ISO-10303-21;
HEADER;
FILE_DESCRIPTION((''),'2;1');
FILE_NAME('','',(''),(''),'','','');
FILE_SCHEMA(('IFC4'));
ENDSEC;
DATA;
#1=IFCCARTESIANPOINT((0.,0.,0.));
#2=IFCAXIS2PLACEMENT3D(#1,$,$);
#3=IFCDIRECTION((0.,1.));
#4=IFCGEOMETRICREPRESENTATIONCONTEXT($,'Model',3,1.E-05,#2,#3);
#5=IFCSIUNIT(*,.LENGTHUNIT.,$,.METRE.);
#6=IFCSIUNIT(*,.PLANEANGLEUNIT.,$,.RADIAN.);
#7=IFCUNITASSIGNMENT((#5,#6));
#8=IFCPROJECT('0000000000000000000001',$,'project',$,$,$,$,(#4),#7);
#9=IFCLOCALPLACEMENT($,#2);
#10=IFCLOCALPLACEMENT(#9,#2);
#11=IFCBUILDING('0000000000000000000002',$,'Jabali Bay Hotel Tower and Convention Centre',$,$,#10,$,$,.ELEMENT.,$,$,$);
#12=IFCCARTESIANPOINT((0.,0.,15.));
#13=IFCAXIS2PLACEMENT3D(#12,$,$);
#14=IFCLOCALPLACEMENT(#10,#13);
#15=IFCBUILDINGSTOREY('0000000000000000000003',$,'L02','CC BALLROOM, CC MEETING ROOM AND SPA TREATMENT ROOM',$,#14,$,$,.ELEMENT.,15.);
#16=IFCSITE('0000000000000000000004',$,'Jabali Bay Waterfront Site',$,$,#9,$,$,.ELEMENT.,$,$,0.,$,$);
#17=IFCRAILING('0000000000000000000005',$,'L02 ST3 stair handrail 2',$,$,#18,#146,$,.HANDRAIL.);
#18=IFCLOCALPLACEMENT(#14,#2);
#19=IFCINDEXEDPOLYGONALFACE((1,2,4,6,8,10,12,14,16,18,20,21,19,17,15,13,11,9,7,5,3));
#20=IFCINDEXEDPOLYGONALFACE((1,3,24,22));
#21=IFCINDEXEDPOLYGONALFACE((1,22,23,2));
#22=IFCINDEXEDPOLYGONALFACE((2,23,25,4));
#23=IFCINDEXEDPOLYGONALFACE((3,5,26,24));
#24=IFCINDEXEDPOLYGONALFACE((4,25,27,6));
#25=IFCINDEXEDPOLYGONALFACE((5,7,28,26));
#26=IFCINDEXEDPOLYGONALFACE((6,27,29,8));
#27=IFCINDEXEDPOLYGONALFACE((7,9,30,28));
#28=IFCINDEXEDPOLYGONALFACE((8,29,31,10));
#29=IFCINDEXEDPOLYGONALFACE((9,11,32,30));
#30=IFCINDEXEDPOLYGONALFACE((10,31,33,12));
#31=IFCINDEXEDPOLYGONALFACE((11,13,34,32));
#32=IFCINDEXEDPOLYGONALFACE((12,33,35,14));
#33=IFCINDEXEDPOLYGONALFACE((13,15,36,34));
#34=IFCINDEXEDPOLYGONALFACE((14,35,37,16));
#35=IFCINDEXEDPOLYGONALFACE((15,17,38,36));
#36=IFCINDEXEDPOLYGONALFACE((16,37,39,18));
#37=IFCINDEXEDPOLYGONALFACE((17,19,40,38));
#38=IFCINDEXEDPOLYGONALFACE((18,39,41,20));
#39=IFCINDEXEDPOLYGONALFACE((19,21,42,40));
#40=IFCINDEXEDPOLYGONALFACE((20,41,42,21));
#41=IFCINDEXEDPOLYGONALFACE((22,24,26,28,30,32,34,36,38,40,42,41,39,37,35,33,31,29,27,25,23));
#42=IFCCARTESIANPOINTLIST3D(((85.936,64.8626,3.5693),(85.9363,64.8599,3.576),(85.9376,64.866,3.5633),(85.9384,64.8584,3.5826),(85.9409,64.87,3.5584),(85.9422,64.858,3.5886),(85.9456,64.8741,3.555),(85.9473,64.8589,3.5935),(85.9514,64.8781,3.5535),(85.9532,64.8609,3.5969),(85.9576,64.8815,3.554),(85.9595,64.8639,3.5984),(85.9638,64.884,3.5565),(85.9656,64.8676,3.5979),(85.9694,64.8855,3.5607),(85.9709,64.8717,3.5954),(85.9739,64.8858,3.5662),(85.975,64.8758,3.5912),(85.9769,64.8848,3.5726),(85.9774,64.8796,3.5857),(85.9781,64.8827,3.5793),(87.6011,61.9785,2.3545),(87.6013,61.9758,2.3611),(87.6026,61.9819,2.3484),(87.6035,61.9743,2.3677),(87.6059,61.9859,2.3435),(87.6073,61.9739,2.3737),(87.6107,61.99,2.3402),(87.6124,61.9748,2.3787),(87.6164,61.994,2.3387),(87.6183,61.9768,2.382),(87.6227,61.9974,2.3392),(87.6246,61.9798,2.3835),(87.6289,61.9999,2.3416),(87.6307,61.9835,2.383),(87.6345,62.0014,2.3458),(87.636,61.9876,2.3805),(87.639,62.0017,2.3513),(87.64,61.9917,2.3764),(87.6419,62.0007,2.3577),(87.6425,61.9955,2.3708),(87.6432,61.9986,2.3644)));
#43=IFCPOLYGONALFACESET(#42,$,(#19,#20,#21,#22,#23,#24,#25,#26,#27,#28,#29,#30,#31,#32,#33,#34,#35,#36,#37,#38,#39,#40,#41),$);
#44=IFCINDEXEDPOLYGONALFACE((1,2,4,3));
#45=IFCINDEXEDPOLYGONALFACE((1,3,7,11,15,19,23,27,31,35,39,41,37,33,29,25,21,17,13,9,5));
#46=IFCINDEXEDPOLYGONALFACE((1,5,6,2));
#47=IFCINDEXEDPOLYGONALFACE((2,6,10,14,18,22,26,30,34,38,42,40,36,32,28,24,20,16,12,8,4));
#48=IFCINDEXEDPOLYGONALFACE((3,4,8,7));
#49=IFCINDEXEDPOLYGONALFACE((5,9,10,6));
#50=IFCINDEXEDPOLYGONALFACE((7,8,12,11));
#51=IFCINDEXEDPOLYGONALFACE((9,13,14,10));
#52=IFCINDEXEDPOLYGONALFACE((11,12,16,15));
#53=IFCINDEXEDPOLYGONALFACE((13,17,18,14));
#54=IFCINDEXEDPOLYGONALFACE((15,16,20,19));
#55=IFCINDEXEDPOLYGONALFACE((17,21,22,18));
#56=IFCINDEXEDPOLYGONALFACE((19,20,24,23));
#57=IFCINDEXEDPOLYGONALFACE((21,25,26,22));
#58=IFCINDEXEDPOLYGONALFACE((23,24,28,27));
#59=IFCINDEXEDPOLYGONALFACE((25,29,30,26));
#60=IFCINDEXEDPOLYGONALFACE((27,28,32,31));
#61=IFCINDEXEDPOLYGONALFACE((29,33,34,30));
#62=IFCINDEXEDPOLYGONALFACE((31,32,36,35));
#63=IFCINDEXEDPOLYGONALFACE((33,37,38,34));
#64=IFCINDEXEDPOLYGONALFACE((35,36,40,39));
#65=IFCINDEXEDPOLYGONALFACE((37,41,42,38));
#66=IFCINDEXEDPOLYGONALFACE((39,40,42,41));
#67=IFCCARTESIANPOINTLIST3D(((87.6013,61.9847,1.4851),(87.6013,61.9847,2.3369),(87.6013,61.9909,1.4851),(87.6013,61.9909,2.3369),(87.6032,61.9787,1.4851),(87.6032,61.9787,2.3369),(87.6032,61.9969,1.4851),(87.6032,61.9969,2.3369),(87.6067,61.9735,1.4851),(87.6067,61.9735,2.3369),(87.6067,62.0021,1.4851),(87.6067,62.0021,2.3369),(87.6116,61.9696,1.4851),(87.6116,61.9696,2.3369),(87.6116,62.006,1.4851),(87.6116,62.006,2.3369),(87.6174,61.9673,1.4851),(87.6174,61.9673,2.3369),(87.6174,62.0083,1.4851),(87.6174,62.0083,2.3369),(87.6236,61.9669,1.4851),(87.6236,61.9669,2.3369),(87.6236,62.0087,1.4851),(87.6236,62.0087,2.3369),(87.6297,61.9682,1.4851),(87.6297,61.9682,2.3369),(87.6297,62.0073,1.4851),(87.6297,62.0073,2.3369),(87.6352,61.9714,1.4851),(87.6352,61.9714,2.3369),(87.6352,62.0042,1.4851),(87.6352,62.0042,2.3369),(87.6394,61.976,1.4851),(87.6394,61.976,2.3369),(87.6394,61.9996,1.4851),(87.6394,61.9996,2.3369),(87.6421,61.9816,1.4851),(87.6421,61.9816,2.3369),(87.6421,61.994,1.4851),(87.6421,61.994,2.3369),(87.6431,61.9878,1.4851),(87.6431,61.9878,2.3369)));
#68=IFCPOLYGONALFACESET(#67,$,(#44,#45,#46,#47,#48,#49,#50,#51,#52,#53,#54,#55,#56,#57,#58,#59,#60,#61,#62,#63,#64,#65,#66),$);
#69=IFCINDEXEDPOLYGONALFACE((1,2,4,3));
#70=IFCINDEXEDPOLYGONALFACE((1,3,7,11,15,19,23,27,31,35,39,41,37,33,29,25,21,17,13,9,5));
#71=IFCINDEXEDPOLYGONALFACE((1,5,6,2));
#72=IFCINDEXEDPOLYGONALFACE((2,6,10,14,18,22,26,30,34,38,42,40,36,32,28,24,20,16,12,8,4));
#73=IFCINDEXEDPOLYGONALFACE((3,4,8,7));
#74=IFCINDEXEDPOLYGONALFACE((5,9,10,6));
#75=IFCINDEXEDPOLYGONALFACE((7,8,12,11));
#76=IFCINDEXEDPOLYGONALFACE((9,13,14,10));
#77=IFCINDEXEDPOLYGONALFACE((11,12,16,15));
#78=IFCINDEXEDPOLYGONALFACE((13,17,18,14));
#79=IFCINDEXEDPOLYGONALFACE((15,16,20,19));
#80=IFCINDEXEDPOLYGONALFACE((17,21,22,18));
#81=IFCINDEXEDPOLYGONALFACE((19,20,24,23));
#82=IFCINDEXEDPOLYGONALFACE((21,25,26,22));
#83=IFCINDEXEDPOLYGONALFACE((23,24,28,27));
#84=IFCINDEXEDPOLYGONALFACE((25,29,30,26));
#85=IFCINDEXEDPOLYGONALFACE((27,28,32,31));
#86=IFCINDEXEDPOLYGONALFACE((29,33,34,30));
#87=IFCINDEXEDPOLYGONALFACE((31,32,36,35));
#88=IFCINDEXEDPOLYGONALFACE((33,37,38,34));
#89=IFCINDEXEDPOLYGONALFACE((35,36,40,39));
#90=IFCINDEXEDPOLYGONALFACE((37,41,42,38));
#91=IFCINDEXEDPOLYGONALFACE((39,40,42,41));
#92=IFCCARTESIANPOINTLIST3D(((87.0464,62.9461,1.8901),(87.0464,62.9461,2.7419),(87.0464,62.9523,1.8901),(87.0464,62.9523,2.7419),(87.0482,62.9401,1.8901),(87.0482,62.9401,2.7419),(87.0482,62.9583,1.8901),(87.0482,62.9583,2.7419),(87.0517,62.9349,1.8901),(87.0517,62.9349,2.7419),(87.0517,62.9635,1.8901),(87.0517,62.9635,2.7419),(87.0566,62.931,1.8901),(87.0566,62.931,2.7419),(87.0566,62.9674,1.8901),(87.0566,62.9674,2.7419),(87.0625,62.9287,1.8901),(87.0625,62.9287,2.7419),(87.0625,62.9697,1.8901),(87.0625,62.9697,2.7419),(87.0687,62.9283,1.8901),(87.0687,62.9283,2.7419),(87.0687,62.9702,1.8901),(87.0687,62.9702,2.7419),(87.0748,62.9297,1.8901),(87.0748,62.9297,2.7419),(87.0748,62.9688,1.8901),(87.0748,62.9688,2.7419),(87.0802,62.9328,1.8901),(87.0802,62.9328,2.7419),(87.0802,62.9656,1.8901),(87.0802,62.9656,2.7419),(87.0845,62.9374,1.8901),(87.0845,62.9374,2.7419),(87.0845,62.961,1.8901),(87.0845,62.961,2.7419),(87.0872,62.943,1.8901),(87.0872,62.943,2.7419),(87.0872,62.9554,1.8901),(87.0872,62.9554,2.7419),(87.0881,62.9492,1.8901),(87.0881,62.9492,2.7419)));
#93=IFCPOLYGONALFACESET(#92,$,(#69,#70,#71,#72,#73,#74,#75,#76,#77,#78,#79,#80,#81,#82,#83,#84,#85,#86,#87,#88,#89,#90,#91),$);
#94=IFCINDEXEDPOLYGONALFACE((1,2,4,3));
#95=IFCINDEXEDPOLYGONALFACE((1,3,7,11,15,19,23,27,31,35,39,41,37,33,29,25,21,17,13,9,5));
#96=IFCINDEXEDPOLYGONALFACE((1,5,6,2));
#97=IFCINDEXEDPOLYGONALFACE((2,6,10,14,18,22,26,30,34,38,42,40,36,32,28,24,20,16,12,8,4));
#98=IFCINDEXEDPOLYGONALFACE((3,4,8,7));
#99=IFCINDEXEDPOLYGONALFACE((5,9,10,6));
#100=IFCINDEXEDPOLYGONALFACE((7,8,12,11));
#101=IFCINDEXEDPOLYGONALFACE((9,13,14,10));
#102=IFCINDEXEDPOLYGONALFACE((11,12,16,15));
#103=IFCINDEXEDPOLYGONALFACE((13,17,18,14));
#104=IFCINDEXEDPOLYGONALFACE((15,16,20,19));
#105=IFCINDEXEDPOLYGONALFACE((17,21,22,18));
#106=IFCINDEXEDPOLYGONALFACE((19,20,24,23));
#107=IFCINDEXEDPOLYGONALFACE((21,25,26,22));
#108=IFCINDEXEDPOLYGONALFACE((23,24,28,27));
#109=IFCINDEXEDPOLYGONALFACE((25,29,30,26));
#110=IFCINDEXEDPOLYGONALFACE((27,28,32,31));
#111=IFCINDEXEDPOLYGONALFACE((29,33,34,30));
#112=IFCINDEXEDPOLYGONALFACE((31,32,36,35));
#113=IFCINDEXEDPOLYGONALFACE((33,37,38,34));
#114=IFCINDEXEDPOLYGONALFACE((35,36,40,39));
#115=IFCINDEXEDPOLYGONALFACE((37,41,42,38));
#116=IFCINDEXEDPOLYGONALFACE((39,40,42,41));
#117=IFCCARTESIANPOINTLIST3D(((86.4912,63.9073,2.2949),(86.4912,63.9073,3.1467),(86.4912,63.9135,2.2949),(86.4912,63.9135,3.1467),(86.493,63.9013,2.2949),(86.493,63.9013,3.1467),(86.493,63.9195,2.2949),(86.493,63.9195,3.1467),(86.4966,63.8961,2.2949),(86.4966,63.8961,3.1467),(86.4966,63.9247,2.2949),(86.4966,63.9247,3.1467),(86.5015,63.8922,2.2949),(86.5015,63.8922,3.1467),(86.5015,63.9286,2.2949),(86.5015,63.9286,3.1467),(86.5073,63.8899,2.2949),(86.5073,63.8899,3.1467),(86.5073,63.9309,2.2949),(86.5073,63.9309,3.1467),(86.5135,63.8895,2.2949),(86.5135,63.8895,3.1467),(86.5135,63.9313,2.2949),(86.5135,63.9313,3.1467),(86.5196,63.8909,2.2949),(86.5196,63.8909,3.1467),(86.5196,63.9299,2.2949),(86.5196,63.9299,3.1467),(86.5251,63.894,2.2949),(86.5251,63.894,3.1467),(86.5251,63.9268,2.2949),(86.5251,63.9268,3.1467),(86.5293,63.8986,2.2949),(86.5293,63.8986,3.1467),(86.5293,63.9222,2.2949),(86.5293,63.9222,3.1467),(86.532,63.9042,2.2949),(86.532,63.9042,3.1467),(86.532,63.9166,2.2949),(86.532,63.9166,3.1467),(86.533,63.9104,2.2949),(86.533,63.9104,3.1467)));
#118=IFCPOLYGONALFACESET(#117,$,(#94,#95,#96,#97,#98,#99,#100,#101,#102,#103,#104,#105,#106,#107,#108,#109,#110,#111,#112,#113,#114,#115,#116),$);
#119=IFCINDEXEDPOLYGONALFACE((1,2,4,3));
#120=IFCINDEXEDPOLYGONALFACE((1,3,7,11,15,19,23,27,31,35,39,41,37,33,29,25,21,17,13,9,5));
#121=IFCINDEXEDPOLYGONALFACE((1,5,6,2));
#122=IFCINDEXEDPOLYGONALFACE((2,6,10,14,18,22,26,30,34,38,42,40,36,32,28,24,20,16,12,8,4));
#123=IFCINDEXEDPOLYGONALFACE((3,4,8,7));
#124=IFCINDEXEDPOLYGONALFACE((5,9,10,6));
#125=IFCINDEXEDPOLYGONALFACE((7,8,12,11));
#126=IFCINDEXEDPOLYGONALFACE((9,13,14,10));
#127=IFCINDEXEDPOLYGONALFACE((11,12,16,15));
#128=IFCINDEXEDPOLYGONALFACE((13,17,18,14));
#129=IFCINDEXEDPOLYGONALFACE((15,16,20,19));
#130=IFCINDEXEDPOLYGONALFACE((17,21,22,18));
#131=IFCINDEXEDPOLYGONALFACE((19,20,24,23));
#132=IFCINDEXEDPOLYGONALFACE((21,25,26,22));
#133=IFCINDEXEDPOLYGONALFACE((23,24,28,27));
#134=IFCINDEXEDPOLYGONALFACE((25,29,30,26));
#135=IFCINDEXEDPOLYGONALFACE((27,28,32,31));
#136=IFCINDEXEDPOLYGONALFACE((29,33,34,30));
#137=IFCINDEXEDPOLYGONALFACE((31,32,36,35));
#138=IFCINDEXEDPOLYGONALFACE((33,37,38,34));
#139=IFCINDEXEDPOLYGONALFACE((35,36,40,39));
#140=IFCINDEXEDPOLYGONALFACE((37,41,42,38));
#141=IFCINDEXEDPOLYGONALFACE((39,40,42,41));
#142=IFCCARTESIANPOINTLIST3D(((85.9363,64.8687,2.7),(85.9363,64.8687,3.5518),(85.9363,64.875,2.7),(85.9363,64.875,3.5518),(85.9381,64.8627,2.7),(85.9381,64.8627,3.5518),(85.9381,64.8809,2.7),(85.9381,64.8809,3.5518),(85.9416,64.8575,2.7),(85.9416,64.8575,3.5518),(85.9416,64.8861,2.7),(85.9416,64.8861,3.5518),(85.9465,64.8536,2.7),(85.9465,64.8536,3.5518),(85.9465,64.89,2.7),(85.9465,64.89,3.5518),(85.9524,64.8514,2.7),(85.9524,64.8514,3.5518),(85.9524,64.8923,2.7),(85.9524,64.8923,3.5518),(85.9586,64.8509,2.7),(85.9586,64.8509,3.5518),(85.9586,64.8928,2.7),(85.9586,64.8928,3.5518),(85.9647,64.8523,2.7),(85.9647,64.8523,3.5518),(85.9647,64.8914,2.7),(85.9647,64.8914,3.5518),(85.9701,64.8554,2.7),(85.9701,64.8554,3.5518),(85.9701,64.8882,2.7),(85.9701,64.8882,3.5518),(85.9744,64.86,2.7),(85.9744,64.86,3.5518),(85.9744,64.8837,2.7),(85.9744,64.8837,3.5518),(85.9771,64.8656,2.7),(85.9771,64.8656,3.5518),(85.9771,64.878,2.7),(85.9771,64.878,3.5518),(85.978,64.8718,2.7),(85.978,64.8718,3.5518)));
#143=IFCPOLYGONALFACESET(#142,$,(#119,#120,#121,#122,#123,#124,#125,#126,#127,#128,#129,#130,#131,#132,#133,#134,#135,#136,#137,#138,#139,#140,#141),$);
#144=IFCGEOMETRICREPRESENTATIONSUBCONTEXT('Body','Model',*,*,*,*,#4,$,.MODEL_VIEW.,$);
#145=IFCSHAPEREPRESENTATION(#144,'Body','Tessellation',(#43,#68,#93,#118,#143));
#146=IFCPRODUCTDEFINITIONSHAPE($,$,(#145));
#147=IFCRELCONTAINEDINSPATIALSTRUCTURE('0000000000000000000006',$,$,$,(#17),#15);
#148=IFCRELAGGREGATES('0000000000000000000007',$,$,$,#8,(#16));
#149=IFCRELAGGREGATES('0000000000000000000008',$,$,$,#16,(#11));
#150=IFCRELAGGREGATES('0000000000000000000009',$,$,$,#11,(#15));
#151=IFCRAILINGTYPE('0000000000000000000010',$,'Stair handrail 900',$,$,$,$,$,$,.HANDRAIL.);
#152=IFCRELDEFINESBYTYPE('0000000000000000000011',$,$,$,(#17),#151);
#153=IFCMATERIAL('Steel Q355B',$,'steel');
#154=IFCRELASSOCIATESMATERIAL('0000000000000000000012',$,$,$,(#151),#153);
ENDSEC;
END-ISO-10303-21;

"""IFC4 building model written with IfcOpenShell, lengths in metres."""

from ifc_helpers import new_model, si_unit, direction, frame, origin, origin_2d, place, context, subcontext, project, spatial, circle, extrude, material, type_object, element, save


model = new_model("IFC4")

# Units and contexts
model_context = context("Model", 3, precision=1e-05, world=origin(), true_north=direction((0.0, 1.0)))
body_context = subcontext(model_context, "Body", "Model", "MODEL_VIEW")
ifc_project = project(units=[si_unit("LENGTHUNIT", "METRE"), si_unit("PLANEANGLEUNIT", "RADIAN")], contexts=[model_context])

# Site, building, storey
site_placement = place(None, origin())
site = spatial("IfcSite", under=ifc_project, at=site_placement, Name="Jabali Bay Waterfront Site", CompositionType="ELEMENT", RefElevation=0.0)
building_placement = place(site_placement, origin())
building = spatial("IfcBuilding", under=site, at=building_placement, Name="Jabali Bay Hotel Tower and Convention Centre", CompositionType="ELEMENT")
storey_placement = place(building_placement, frame((0.0, 0.0, 15.0)))
storey = spatial("IfcBuildingStorey", under=building, at=storey_placement, Name="L02", Description="CC BALLROOM, CC MEETING ROOM AND SPA TREATMENT ROOM", CompositionType="ELEMENT", Elevation=15.0)

# Railing
ifc_material_1 = material(Name="Steel Q355B", Category="steel")
railing_type_1 = type_object("IfcRailingType", Name="Stair handrail 900", PredefinedType="HANDRAIL", material=ifc_material_1)
for number, where, name in (
    (1, (87.6221, 61.9878, 1.4851), "L02 ST3 stair handrail 2"),
):
    element("IfcRailing", number, at=place(storey_placement, frame(where)), inside=storey, type_object=railing_type_1, Name=name, PredefinedType="HANDRAIL", context=body_context, shape_type="SweptSolid", body=[
        extrude(circle(Radius=0.0239, at=origin_2d()), frame((0.0, 0.0, 0.876), z_axis=(-0.469709, 0.813588, 0.342708), x_axis=(-0.866033, -0.499987, 0.0)), (0.0, 0.0, 1.0), 3.5449),
        extrude(circle(Radius=0.021, at=origin_2d()), origin(), (0.0, 0.0, 1.0), 0.8518),
        extrude(circle(Radius=0.021, at=origin_2d()), frame((-0.5549, 0.9614, 0.405)), (0.0, 0.0, 1.0), 0.8518),
        extrude(circle(Radius=0.021, at=origin_2d()), frame((-1.1101, 1.9226, 0.8098)), (0.0, 0.0, 1.0), 0.8518),
        extrude(circle(Radius=0.021, at=origin_2d()), frame((-1.665, 2.884, 1.2148)), (0.0, 0.0, 1.0), 0.8518),
    ])

save(model, "model.ifc")
